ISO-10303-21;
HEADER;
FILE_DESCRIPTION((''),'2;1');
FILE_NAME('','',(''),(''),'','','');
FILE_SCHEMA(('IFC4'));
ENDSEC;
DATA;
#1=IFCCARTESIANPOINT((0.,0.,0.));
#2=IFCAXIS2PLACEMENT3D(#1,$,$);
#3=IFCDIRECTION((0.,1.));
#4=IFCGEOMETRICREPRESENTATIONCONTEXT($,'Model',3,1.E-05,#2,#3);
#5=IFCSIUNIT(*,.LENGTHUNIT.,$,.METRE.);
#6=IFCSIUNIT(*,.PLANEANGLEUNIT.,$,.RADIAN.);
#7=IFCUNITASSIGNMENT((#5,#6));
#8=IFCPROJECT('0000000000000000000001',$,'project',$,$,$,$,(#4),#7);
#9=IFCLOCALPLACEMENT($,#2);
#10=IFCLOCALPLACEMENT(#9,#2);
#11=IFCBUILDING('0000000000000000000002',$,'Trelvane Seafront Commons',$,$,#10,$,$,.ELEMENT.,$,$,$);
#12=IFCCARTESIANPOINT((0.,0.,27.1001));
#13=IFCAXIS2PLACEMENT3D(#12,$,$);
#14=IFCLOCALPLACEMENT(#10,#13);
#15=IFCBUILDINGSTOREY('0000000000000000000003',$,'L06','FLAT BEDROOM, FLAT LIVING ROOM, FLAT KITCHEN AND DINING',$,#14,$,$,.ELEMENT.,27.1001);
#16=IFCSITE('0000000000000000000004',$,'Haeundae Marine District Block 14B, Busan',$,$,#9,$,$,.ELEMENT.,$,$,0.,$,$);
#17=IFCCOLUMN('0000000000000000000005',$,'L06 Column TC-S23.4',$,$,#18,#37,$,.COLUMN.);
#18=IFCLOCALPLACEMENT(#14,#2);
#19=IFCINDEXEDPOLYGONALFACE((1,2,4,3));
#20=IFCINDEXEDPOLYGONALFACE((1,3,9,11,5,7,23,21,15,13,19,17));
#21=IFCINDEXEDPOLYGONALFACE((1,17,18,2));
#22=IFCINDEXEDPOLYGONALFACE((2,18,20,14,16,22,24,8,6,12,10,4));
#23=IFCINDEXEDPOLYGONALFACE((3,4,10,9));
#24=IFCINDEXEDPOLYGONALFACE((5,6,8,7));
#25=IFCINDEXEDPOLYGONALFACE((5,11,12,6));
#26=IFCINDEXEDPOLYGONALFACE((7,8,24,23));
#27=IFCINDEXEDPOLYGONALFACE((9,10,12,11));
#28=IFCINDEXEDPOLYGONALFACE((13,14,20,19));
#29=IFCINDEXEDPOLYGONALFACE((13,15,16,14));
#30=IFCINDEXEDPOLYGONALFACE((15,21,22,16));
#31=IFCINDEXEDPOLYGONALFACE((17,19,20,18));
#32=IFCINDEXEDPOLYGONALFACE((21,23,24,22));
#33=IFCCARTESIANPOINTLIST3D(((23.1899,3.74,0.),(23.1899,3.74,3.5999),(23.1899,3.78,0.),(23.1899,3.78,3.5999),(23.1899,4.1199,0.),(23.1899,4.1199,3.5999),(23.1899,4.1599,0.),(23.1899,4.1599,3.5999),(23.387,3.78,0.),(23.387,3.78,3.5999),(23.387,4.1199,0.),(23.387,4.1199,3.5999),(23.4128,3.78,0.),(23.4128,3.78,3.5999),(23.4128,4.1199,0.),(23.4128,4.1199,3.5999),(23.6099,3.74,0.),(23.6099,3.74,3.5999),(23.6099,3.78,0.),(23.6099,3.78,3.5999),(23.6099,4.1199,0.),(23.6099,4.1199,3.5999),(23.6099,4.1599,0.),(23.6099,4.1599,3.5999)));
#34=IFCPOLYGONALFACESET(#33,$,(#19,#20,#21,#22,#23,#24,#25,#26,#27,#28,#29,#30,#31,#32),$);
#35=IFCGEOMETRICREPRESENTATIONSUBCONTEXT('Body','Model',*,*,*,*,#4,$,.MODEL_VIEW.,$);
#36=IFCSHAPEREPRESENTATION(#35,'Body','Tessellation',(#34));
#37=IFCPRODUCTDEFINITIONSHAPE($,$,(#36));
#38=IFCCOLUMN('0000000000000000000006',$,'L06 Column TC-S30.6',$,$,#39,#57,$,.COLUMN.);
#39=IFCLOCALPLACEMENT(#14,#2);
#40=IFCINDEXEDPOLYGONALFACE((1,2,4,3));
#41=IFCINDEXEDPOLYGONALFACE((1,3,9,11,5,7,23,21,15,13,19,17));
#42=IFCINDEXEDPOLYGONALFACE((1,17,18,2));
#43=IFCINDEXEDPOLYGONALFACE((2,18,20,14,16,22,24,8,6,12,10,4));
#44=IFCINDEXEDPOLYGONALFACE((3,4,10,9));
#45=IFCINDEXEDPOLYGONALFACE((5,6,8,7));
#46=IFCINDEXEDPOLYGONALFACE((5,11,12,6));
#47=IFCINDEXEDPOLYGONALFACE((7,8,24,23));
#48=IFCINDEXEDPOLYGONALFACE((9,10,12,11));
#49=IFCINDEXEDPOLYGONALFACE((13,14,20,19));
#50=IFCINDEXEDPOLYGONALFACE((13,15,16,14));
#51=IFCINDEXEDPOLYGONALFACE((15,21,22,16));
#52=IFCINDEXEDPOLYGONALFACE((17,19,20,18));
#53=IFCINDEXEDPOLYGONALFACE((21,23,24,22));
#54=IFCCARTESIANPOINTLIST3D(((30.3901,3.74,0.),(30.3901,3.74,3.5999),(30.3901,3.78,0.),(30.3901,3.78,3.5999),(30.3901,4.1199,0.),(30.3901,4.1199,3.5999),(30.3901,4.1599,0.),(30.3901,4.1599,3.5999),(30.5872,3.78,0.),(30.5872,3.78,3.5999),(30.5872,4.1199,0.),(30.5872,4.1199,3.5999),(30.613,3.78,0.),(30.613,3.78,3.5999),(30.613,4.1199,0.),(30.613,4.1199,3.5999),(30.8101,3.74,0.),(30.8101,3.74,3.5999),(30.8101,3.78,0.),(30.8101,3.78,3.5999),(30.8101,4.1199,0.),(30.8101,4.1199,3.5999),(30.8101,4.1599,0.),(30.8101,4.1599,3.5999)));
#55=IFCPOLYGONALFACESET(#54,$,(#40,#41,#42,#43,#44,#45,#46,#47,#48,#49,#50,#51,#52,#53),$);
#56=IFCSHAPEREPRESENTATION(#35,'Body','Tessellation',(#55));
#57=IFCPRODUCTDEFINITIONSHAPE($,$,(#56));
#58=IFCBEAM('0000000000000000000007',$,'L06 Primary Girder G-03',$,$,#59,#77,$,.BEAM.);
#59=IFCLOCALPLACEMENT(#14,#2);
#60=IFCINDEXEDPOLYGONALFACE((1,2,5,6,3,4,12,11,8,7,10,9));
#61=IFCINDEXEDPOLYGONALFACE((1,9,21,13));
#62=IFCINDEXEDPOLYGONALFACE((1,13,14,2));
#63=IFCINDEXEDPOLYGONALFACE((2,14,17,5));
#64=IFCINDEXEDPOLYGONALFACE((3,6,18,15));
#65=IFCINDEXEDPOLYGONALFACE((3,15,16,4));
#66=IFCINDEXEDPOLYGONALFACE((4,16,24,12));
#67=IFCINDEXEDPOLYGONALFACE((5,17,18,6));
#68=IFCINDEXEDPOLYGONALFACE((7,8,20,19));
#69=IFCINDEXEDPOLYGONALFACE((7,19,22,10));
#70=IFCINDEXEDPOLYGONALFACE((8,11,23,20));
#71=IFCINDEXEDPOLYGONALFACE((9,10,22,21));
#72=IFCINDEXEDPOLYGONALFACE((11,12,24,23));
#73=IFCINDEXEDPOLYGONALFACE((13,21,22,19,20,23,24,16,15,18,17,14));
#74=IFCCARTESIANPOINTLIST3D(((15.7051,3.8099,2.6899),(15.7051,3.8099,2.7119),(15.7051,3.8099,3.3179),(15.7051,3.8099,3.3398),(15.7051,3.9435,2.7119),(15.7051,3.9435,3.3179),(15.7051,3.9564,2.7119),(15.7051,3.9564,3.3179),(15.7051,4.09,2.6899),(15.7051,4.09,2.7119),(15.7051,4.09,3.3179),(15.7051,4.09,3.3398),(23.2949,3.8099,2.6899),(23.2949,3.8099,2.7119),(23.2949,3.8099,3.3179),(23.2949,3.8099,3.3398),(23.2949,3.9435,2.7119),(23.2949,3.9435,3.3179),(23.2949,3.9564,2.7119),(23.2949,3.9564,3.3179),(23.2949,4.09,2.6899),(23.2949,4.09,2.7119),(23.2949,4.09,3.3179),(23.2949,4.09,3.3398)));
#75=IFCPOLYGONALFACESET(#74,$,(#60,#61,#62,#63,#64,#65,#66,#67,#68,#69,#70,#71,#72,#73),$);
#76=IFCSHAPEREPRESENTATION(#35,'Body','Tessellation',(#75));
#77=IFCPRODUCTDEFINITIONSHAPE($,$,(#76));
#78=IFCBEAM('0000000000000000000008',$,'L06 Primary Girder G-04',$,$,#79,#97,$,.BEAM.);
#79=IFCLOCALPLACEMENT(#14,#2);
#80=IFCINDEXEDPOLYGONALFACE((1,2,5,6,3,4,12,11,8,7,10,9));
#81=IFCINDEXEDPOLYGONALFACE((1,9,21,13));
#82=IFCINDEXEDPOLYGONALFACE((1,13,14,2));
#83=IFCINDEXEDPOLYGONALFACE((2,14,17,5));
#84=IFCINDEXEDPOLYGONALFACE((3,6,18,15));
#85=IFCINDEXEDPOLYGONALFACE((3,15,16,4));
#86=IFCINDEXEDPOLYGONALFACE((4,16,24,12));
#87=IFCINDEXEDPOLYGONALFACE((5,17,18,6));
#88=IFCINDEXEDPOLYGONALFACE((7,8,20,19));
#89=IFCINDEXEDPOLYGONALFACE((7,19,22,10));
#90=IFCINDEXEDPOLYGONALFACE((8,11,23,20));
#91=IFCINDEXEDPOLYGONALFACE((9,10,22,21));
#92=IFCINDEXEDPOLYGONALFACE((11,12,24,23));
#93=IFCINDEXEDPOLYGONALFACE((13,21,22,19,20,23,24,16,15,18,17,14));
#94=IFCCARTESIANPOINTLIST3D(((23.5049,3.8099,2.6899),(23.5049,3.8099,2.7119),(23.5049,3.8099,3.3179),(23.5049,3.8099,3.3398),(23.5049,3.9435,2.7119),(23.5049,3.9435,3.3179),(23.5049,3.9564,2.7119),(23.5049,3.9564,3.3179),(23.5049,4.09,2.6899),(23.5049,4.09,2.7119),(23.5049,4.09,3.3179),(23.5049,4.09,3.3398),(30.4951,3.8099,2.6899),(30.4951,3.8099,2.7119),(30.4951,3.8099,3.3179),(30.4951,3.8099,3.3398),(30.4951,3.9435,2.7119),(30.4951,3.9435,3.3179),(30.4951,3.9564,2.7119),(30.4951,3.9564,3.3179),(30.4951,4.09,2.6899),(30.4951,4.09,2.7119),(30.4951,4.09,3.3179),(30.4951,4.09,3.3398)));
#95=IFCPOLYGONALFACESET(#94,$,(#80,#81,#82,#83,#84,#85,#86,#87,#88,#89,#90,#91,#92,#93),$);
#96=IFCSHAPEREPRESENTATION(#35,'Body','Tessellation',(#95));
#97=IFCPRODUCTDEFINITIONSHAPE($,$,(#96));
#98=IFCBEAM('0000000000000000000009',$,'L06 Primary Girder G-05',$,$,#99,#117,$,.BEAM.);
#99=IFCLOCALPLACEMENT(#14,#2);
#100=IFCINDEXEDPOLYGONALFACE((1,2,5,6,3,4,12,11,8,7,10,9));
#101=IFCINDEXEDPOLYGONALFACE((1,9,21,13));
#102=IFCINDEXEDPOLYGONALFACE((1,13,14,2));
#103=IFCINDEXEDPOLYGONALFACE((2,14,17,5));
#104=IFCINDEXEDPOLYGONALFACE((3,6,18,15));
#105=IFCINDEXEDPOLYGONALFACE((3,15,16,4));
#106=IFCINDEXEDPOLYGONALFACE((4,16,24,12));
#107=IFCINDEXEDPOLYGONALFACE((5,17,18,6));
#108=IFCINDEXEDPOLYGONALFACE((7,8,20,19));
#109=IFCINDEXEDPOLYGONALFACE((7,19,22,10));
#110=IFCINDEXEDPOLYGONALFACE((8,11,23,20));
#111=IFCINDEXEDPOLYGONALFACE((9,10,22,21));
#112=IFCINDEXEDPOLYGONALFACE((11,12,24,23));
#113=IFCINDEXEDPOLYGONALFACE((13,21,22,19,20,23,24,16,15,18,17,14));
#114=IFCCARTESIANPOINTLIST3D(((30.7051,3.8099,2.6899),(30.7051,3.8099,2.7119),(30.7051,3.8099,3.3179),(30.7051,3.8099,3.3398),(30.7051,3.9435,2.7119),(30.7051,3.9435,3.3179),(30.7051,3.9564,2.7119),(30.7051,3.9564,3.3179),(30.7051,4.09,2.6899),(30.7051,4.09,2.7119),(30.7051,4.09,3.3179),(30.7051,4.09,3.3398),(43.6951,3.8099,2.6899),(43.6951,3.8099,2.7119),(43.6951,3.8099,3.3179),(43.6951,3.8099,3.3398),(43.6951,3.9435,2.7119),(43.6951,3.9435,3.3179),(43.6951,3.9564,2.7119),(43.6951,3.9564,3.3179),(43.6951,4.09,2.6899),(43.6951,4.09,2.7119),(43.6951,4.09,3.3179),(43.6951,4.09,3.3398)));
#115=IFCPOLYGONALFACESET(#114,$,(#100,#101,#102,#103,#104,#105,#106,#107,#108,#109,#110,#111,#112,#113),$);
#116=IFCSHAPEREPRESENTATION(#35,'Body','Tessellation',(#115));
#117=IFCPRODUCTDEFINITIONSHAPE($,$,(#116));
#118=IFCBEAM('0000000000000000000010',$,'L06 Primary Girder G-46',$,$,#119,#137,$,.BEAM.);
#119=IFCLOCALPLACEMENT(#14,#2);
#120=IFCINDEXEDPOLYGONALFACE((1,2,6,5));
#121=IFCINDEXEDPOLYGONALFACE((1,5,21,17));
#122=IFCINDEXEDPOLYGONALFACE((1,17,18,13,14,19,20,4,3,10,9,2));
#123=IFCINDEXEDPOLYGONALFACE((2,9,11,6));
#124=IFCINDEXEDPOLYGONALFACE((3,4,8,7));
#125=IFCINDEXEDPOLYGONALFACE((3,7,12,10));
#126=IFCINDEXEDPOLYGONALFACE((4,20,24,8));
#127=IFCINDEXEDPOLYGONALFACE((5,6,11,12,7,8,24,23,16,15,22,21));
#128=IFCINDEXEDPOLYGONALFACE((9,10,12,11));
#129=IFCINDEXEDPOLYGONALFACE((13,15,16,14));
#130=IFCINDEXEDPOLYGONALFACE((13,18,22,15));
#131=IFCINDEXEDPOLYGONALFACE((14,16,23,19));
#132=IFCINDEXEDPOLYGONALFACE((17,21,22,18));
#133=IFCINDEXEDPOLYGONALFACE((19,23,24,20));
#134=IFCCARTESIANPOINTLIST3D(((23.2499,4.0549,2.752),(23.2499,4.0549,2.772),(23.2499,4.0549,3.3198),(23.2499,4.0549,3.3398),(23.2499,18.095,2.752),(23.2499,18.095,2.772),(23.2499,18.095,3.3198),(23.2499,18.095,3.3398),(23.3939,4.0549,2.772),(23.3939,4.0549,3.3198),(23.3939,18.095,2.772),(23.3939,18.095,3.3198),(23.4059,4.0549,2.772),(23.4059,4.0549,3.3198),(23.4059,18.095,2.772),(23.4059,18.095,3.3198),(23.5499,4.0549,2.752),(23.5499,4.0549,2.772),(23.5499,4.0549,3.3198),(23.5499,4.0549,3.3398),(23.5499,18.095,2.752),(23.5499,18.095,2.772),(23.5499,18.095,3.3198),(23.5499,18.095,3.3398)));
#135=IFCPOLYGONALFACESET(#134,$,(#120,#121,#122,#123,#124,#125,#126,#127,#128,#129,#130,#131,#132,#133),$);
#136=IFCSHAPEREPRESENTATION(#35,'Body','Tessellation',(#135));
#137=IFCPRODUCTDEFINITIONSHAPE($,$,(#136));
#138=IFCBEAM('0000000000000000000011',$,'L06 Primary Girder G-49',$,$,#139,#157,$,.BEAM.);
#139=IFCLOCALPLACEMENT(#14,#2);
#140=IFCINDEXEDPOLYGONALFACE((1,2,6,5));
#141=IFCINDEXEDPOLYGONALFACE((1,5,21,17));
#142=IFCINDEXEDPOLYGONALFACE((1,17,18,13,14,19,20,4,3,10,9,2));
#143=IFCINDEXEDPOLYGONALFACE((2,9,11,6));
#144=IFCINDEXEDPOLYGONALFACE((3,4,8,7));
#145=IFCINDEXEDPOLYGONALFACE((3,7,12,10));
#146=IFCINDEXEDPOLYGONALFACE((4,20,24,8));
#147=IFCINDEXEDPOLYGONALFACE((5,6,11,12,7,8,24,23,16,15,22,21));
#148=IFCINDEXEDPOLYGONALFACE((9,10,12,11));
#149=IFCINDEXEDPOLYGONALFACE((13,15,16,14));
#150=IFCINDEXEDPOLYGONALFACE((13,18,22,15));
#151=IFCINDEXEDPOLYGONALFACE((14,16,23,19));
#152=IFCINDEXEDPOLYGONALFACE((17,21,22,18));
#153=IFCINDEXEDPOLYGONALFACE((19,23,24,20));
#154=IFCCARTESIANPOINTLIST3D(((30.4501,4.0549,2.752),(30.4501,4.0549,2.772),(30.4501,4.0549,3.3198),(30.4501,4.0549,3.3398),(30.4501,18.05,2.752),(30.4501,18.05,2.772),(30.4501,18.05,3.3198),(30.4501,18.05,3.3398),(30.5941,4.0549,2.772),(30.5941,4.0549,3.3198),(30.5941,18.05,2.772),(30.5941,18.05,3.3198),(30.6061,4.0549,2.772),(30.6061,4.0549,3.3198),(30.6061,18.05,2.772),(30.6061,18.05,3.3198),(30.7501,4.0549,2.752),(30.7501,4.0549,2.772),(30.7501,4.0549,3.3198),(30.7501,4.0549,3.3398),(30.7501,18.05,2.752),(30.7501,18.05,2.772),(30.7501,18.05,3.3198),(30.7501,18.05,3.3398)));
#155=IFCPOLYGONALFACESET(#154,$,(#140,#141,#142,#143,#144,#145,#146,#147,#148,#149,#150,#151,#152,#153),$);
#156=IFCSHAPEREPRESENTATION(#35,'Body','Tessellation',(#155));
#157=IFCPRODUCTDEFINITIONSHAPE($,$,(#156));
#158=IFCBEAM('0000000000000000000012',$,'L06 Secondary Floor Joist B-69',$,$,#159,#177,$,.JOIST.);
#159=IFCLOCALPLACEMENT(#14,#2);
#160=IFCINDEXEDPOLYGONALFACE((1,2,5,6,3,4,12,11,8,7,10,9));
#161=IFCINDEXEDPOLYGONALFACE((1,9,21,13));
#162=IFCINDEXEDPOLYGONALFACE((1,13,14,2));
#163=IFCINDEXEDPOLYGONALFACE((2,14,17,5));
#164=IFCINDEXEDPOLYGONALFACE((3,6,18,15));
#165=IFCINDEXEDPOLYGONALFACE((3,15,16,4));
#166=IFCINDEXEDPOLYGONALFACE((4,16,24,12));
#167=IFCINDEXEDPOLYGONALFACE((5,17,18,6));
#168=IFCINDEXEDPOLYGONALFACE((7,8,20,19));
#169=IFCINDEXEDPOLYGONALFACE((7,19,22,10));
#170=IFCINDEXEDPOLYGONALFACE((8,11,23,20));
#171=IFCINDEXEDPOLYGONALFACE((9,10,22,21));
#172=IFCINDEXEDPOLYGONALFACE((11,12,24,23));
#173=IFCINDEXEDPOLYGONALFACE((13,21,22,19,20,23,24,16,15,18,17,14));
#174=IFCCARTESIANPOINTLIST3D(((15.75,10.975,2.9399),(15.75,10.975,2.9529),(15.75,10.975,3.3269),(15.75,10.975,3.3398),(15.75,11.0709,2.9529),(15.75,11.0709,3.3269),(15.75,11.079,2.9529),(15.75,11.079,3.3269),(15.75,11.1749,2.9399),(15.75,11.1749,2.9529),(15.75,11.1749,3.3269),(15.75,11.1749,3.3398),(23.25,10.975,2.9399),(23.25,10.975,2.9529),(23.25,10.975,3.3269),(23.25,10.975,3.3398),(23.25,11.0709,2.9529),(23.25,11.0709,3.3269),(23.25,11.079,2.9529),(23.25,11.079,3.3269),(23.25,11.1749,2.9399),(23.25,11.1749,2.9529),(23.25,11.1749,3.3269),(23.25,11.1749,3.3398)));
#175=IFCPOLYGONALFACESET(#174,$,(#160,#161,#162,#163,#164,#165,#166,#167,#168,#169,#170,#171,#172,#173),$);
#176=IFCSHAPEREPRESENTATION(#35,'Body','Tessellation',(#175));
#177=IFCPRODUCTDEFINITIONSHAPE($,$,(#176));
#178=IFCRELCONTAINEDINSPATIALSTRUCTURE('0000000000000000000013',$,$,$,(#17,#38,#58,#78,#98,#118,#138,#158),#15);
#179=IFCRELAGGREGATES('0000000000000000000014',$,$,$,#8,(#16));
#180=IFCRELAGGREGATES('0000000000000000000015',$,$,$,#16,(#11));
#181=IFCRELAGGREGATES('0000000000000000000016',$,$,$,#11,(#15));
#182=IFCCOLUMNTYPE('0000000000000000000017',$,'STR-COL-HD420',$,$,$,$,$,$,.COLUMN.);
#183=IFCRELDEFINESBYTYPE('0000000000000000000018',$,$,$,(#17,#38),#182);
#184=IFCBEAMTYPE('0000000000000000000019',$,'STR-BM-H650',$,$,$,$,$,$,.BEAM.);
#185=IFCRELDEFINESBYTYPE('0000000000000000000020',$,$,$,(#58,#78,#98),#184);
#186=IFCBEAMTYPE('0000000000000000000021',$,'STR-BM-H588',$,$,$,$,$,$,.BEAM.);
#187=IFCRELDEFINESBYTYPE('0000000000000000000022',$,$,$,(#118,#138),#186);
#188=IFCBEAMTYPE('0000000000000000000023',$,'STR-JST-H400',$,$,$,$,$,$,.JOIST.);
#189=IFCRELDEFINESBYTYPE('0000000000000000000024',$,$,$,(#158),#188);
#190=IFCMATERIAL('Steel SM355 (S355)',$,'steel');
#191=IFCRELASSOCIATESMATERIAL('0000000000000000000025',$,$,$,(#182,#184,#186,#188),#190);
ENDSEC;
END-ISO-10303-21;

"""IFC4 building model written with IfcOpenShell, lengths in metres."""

from ifc_helpers import new_model, si_unit, direction, frame, origin, origin_2d, place, context, subcontext, project, spatial, i_section, extrude, source, transform, mapped, material, material_profile, profile_set, type_object, element, save


model = new_model("IFC4")

# Units and contexts
model_context = context("Model", 3, precision=1e-05, world=origin(), true_north=direction((0.0, 1.0)))
body_context = subcontext(model_context, "Body", "Model", "MODEL_VIEW")
ifc_project = project(units=[si_unit("LENGTHUNIT", "METRE"), si_unit("PLANEANGLEUNIT", "RADIAN")], contexts=[model_context])

# Site, building, storey
site_placement = place(None, origin())
site = spatial("IfcSite", under=ifc_project, at=site_placement, Name="Haeundae Marine District Block 14B, Busan", CompositionType="ELEMENT", RefElevation=0.0)
building_placement = place(site_placement, origin())
building = spatial("IfcBuilding", under=site, at=building_placement, Name="Trelvane Seafront Commons", CompositionType="ELEMENT")
storey_placement = place(building_placement, frame((0.0, 0.0, 27.1001)))
storey = spatial("IfcBuildingStorey", under=building, at=storey_placement, Name="L06", Description="FLAT BEDROOM, FLAT LIVING ROOM, FLAT KITCHEN AND DINING", CompositionType="ELEMENT", Elevation=27.1001)

# Columns
ifc_material_1 = material(Name="Steel SM355 (S355)", Category="steel")
ifc_material_profile_1 = material_profile(ifc_material_1, i_section(OverallWidth=0.4199, OverallDepth=0.4199, WebThickness=0.0259, FlangeThickness=0.04, at=origin_2d()), Name="HD-420x420x26x40")
ifc_profile_set_1 = profile_set([ifc_material_profile_1], Name="Steel SM355 (S355)")
column_type = type_object("IfcColumnType", Name="STR-COL-HD420", PredefinedType="COLUMN", material=ifc_profile_set_1)
shared_shape_1 = source(origin(), body_context, "Body", "SweptSolid", [
    extrude(i_section(OverallWidth=0.4199, OverallDepth=0.4199, WebThickness=0.0259, FlangeThickness=0.04, at=origin_2d()), origin(), (0.0, 0.0, 1.0), 3.5999),
])
for number, where, z_axis, x_axis, name in (
    (1, (23.3999, 3.95, 0.0), (0.0, 0.0, 1.0), (1.0, 0.0, 0.0), "L06 Column TC-S23.4"),
    (2, (30.6001, 3.95, 0.0), (0.0, 0.0, 1.0), (1.0, 0.0, 0.0), "L06 Column TC-S30.6"),
):
    element("IfcColumn", number, at=place(storey_placement, frame(where, z_axis=z_axis, x_axis=x_axis)), inside=storey, type_object=column_type, Name=name, PredefinedType="COLUMN", context=body_context, shape_type="MappedRepresentation", body=[
        mapped(shared_shape_1, transform((0.0, 0.0, 0.0), x_axis=(1.0, 0.0, 0.0), y_axis=(0.0, 1.0, 0.0), z_axis=(0.0, 0.0, 1.0), scale=1.0)),
    ])

# Beams
ifc_material_profile_2 = material_profile(ifc_material_1, i_section(OverallWidth=0.28, OverallDepth=0.6499, WebThickness=0.0129, FlangeThickness=0.022, at=origin_2d()), Name="H-650x280x13x22")
ifc_profile_set_2 = profile_set([ifc_material_profile_2], Name="Steel SM355 (S355)")
beam_type_1 = type_object("IfcBeamType", Name="STR-BM-H650", PredefinedType="BEAM", material=ifc_profile_set_2)
shared_shape_2 = source(origin(), body_context, "Body", "SweptSolid", [
    extrude(i_section(OverallWidth=0.28, OverallDepth=0.6499, WebThickness=0.0129, FlangeThickness=0.022, at=origin_2d()), origin(), (0.0, 0.0, 1.0), 7.5898),
])
beam_1_placement = place(storey_placement, frame((15.7051, 3.95, 3.0149), z_axis=(1.0, 0.0, 0.0), x_axis=(0.0, 1.0, 0.0)))
element("IfcBeam", 3, at=beam_1_placement, inside=storey, type_object=beam_type_1, Name="L06 Primary Girder G-03", PredefinedType="BEAM", context=body_context, shape_type="MappedRepresentation", body=[
    mapped(shared_shape_2, transform((0.0, 0.0, 0.0), x_axis=(1.0, 0.0, 0.0), y_axis=(0.0, 1.0, 0.0), z_axis=(0.0, 0.0, 1.0), scale=1.0)),
])
shared_shape_3 = source(origin(), body_context, "Body", "SweptSolid", [
    extrude(i_section(OverallWidth=0.28, OverallDepth=0.6499, WebThickness=0.0129, FlangeThickness=0.022, at=origin_2d()), origin(), (0.0, 0.0, 1.0), 6.9902),
])
beam_2_placement = place(storey_placement, frame((23.5049, 3.95, 3.0149), z_axis=(1.0, 0.0, 0.0), x_axis=(0.0, 1.0, 0.0)))
element("IfcBeam", 4, at=beam_2_placement, inside=storey, type_object=beam_type_1, Name="L06 Primary Girder G-04", PredefinedType="BEAM", context=body_context, shape_type="MappedRepresentation", body=[
    mapped(shared_shape_3, transform((0.0, 0.0, 0.0), x_axis=(1.0, 0.0, 0.0), y_axis=(0.0, 1.0, 0.0), z_axis=(0.0, 0.0, 1.0), scale=1.0)),
])
shared_shape_4 = source(origin(), body_context, "Body", "SweptSolid", [
    extrude(i_section(OverallWidth=0.28, OverallDepth=0.6499, WebThickness=0.0129, FlangeThickness=0.022, at=origin_2d()), origin(), (0.0, 0.0, 1.0), 12.99),
])
beam_3_placement = place(storey_placement, frame((30.7051, 3.95, 3.0149), z_axis=(1.0, 0.0, 0.0), x_axis=(0.0, 1.0, 0.0)))
element("IfcBeam", 5, at=beam_3_placement, inside=storey, type_object=beam_type_1, Name="L06 Primary Girder G-05", PredefinedType="BEAM", context=body_context, shape_type="MappedRepresentation", body=[
    mapped(shared_shape_4, transform((0.0, 0.0, 0.0), x_axis=(1.0, 0.0, 0.0), y_axis=(0.0, 1.0, 0.0), z_axis=(0.0, 0.0, 1.0), scale=1.0)),
])
ifc_material_profile_3 = material_profile(ifc_material_1, i_section(OverallWidth=0.3, OverallDepth=0.5879, WebThickness=0.012, FlangeThickness=0.02, at=origin_2d()), Name="H-588x300x12x20")
ifc_profile_set_3 = profile_set([ifc_material_profile_3], Name="Steel SM355 (S355)")
beam_type_2 = type_object("IfcBeamType", Name="STR-BM-H588", PredefinedType="BEAM", material=ifc_profile_set_3)
shared_shape_5 = source(origin(), body_context, "Body", "SweptSolid", [
    extrude(i_section(OverallWidth=0.3, OverallDepth=0.5879, WebThickness=0.012, FlangeThickness=0.02, at=origin_2d()), origin(), (0.0, 0.0, 1.0), 14.04),
])
beam_4_placement = place(storey_placement, frame((23.3999, 4.0549, 3.0459), z_axis=(0.0, 1.0, 0.0), x_axis=(-1.0, 0.0, 0.0)))
element("IfcBeam", 6, at=beam_4_placement, inside=storey, type_object=beam_type_2, Name="L06 Primary Girder G-46", PredefinedType="BEAM", context=body_context, shape_type="MappedRepresentation", body=[
    mapped(shared_shape_5, transform((0.0, 0.0, 0.0), x_axis=(1.0, 0.0, 0.0), y_axis=(0.0, 1.0, 0.0), z_axis=(0.0, 0.0, 1.0), scale=1.0)),
])
shared_shape_6 = source(origin(), body_context, "Body", "SweptSolid", [
    extrude(i_section(OverallWidth=0.3, OverallDepth=0.5879, WebThickness=0.012, FlangeThickness=0.02, at=origin_2d()), origin(), (0.0, 0.0, 1.0), 13.9951),
])
beam_5_placement = place(storey_placement, frame((30.6001, 4.0549, 3.0459), z_axis=(0.0, 1.0, 0.0), x_axis=(-1.0, 0.0, 0.0)))
element("IfcBeam", 7, at=beam_5_placement, inside=storey, type_object=beam_type_2, Name="L06 Primary Girder G-49", PredefinedType="BEAM", context=body_context, shape_type="MappedRepresentation", body=[
    mapped(shared_shape_6, transform((0.0, 0.0, 0.0), x_axis=(1.0, 0.0, 0.0), y_axis=(0.0, 1.0, 0.0), z_axis=(0.0, 0.0, 1.0), scale=1.0)),
])
ifc_material_profile_4 = material_profile(ifc_material_1, i_section(OverallWidth=0.2, OverallDepth=0.3999, WebThickness=0.0081, FlangeThickness=0.0129, at=origin_2d()), Name="H-400x200x8x13")
ifc_profile_set_4 = profile_set([ifc_material_profile_4], Name="Steel SM355 (S355)")
beam_type_3 = type_object("IfcBeamType", Name="STR-JST-H400", PredefinedType="JOIST", material=ifc_profile_set_4)
shared_shape_7 = source(origin(), body_context, "Body", "SweptSolid", [
    extrude(i_section(OverallWidth=0.2, OverallDepth=0.3999, WebThickness=0.0081, FlangeThickness=0.0129, at=origin_2d()), origin(), (0.0, 0.0, 1.0), 7.5),
])
beam_6_placement = place(storey_placement, frame((15.75, 11.075, 3.1399), z_axis=(1.0, 0.0, 0.0), x_axis=(0.0, 1.0, 0.0)))
element("IfcBeam", 8, at=beam_6_placement, inside=storey, type_object=beam_type_3, Name="L06 Secondary Floor Joist B-69", PredefinedType="JOIST", context=body_context, shape_type="MappedRepresentation", body=[
    mapped(shared_shape_7, transform((0.0, 0.0, 0.0), x_axis=(1.0, 0.0, 0.0), y_axis=(0.0, 1.0, 0.0), z_axis=(0.0, 0.0, 1.0), scale=1.0)),
])

save(model, "model.ifc")
